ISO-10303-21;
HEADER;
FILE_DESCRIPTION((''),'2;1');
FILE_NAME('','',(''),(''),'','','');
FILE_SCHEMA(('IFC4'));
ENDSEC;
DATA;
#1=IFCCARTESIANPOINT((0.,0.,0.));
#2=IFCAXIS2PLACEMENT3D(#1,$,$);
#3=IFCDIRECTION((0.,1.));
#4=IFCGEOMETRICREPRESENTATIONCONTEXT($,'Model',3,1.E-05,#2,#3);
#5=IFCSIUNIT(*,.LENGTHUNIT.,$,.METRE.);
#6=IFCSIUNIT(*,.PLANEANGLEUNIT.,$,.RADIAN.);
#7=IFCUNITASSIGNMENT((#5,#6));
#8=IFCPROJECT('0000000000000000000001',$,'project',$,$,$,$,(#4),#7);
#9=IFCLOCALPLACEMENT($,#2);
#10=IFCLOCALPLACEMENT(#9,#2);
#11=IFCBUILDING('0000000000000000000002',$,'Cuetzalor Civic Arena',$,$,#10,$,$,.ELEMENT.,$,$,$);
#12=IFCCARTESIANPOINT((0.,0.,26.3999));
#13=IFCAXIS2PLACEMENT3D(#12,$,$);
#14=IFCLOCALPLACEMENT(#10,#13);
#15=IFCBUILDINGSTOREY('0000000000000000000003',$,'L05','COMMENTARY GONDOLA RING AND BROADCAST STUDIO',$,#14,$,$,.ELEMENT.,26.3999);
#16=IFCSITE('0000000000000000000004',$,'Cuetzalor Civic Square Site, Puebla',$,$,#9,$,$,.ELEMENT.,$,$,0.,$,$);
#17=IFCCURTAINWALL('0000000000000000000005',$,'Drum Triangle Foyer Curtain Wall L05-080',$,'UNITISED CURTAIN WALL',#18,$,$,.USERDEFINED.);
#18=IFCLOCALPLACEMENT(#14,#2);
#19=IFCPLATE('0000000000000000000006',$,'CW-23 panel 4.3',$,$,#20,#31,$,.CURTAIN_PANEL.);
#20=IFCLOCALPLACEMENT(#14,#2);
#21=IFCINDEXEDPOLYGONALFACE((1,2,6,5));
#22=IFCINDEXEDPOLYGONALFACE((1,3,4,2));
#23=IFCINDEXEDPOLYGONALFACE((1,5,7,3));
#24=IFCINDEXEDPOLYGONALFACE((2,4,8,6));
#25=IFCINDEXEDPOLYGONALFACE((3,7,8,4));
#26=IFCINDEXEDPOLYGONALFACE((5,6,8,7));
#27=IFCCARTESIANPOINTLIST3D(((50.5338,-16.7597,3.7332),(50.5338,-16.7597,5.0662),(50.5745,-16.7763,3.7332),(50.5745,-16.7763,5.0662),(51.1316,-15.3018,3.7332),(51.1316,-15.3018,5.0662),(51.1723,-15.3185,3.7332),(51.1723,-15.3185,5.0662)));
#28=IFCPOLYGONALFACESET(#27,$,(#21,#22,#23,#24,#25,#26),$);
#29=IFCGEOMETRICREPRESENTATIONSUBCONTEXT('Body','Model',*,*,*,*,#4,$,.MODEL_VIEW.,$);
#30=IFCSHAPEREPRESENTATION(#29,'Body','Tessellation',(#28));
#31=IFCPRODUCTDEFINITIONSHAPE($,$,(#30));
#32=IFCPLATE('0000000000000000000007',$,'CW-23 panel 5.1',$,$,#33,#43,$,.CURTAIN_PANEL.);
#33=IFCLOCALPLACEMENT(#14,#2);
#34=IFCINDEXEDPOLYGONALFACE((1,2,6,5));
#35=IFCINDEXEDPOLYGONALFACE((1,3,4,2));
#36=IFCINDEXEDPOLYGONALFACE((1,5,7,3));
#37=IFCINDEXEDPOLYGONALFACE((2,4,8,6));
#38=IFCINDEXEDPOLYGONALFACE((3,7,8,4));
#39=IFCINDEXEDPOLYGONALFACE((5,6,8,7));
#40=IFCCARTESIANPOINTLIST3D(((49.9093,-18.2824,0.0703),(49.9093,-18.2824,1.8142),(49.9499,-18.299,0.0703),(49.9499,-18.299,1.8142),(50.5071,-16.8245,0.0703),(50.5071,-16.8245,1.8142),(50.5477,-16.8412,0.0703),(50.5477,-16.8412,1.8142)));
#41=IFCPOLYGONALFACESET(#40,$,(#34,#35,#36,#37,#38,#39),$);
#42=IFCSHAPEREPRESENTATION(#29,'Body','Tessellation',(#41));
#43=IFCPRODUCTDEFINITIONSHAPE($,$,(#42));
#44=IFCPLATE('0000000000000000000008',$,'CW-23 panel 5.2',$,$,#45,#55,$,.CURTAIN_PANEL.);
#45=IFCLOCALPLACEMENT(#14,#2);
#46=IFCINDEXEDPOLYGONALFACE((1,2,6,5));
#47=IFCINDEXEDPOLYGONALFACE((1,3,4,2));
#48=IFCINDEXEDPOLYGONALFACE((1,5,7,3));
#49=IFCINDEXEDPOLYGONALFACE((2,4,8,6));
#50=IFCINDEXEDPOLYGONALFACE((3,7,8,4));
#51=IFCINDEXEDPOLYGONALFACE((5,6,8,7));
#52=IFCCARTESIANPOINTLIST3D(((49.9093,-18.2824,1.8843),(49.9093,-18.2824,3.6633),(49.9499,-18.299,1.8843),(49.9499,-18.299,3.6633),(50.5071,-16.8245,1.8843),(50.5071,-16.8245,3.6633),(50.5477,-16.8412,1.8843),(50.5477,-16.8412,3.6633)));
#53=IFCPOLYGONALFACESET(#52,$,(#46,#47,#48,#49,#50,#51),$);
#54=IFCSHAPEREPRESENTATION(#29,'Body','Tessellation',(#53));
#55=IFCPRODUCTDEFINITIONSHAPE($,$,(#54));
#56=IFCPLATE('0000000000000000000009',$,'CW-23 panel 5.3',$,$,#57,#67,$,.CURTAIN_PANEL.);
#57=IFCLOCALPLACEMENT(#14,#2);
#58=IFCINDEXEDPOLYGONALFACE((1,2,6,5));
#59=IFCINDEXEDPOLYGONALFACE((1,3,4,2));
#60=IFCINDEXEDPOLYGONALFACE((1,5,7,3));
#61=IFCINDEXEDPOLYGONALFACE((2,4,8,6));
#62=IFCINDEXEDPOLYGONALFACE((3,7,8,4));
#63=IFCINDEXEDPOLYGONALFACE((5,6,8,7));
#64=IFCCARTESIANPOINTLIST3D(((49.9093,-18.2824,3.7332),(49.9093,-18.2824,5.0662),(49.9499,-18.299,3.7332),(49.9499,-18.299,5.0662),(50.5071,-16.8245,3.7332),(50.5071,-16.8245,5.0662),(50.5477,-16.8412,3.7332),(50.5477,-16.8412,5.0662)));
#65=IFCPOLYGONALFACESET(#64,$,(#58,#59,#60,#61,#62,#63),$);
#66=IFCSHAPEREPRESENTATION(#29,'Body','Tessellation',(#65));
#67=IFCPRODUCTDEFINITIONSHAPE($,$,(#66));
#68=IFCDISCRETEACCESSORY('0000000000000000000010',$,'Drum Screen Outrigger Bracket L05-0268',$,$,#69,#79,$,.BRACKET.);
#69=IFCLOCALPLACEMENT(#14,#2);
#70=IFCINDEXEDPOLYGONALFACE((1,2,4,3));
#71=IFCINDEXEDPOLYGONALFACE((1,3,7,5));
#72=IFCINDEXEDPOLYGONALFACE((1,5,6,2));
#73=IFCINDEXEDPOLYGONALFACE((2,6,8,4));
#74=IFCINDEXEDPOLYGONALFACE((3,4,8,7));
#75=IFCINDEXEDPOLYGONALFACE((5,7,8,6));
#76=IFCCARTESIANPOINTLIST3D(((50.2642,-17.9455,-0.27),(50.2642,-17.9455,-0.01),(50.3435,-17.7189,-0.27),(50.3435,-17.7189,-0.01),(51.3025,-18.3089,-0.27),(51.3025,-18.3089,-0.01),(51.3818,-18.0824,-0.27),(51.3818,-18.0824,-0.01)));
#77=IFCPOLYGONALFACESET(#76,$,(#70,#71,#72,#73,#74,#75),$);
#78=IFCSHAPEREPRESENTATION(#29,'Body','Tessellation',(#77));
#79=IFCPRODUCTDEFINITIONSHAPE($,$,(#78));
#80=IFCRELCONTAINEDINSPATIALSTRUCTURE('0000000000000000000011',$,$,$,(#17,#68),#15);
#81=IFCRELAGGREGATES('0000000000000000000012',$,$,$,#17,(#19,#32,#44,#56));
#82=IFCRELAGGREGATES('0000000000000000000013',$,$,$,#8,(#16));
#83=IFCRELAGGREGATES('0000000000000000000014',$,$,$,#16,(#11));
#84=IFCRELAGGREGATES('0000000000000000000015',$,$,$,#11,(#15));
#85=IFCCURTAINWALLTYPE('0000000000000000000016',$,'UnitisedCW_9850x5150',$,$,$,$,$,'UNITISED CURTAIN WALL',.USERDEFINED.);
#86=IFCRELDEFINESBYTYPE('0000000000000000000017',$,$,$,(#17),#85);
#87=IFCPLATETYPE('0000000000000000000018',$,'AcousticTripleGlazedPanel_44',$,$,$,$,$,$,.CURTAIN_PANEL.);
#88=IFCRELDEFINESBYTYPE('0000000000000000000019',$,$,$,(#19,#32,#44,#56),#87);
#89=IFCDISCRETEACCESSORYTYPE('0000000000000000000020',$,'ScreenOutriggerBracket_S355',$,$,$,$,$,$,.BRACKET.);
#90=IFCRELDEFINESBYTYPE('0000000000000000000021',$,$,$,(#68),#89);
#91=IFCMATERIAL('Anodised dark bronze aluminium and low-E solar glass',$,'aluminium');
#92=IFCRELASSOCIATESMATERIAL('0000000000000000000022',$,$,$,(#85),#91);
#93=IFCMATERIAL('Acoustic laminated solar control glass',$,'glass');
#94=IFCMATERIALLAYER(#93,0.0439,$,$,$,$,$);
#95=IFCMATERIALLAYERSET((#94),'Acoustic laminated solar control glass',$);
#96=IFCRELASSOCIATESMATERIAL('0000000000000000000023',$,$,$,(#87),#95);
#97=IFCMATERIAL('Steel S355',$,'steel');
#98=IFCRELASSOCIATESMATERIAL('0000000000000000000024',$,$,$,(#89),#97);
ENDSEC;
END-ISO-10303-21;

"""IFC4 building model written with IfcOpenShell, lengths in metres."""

from ifc_helpers import new_model, si_unit, direction, frame, origin, origin_2d, place, context, subcontext, project, spatial, rectangle, extrude, material, layer, layer_set, type_object, element, aggregate, save


model = new_model("IFC4")

# Units and contexts
model_context = context("Model", 3, precision=1e-05, world=origin(), true_north=direction((0.0, 1.0)))
body_context = subcontext(model_context, "Body", "Model", "MODEL_VIEW")
ifc_project = project(units=[si_unit("LENGTHUNIT", "METRE"), si_unit("PLANEANGLEUNIT", "RADIAN")], contexts=[model_context])

# Site, building, storey
site_placement = place(None, origin())
site = spatial("IfcSite", under=ifc_project, at=site_placement, Name="Cuetzalor Civic Square Site, Puebla", CompositionType="ELEMENT", RefElevation=0.0)
building_placement = place(site_placement, origin())
building = spatial("IfcBuilding", under=site, at=building_placement, Name="Cuetzalor Civic Arena", CompositionType="ELEMENT")
storey_placement = place(building_placement, frame((0.0, 0.0, 26.3999)))
storey = spatial("IfcBuildingStorey", under=building, at=storey_placement, Name="L05", Description="COMMENTARY GONDOLA RING AND BROADCAST STUDIO", CompositionType="ELEMENT", Elevation=26.3999)

# Curtain wall, plates
ifc_material_1 = material(Name="Anodised dark bronze aluminium and low-E solar glass", Category="aluminium")
curtain_wall_type = type_object("IfcCurtainWallType", Name="UnitisedCW_9850x5150", ElementType="UNITISED CURTAIN WALL", PredefinedType="USERDEFINED", material=ifc_material_1)
curtain_wall_placement = place(storey_placement, origin())
curtain_wall = element("IfcCurtainWall", 1, at=curtain_wall_placement, inside=storey, type_object=curtain_wall_type, Name="Drum Triangle Foyer Curtain Wall L05-080", ObjectType="UNITISED CURTAIN WALL", PredefinedType="USERDEFINED")
ifc_material_2 = material(Name="Acoustic laminated solar control glass", Category="glass")
ifc_layer = layer(ifc_material_2, 0.0439)
ifc_layer_set = layer_set([ifc_layer], Name="Acoustic laminated solar control glass")
plate_type = type_object("IfcPlateType", Name="AcousticTripleGlazedPanel_44", PredefinedType="CURTAIN_PANEL", material=ifc_layer_set)
plate_1_placement = place(storey_placement, frame((50.853, -16.0391, 3.7332), z_axis=(0.0, 0.0, 1.0), x_axis=(-0.379391, -0.925236, 0.0)))
plate_1 = element("IfcPlate", 2, at=plate_1_placement, type_object=plate_type, Name="CW-23 panel 4.3", PredefinedType="CURTAIN_PANEL", context=body_context, shape_type="SweptSolid", body=[
    extrude(rectangle(XDim=1.5757, YDim=0.0439, at=origin_2d()), origin(), (0.0, 0.0, 1.0), 1.333),
])
plate_2_placement = place(storey_placement, frame((50.2285, -17.5618, 0.0703), z_axis=(0.0, 0.0, 1.0), x_axis=(-0.379391, -0.925236, 0.0)))
plate_2 = element("IfcPlate", 3, at=plate_2_placement, type_object=plate_type, Name="CW-23 panel 5.1", PredefinedType="CURTAIN_PANEL", context=body_context, shape_type="SweptSolid", body=[
    extrude(rectangle(XDim=1.5757, YDim=0.0439, at=origin_2d()), origin(), (0.0, 0.0, 1.0), 1.7439),
])
plate_3_placement = place(storey_placement, frame((50.2285, -17.5618, 1.8843), z_axis=(0.0, 0.0, 1.0), x_axis=(-0.379391, -0.925236, 0.0)))
plate_3 = element("IfcPlate", 4, at=plate_3_placement, type_object=plate_type, Name="CW-23 panel 5.2", PredefinedType="CURTAIN_PANEL", context=body_context, shape_type="SweptSolid", body=[
    extrude(rectangle(XDim=1.5757, YDim=0.0439, at=origin_2d()), origin(), (0.0, 0.0, 1.0), 1.7791),
])
plate_4_placement = place(storey_placement, frame((50.2285, -17.5618, 3.7332), z_axis=(0.0, 0.0, 1.0), x_axis=(-0.379391, -0.925236, 0.0)))
plate_4 = element("IfcPlate", 5, at=plate_4_placement, type_object=plate_type, Name="CW-23 panel 5.3", PredefinedType="CURTAIN_PANEL", context=body_context, shape_type="SweptSolid", body=[
    extrude(rectangle(XDim=1.5757, YDim=0.0439, at=origin_2d()), origin(), (0.0, 0.0, 1.0), 1.333),
])
aggregate(curtain_wall, [plate_1, plate_2, plate_3, plate_4])

# Discrete accessory
ifc_material_3 = material(Name="Steel S355", Category="steel")
discrete_accessory_type = type_object("IfcDiscreteAccessoryType", Name="ScreenOutriggerBracket_S355", PredefinedType="BRACKET", material=ifc_material_3)
discrete_accessory_placement = place(storey_placement, frame((50.823, -18.0139, -0.27), z_axis=(0.0, 0.0, 1.0), x_axis=(0.943859, -0.33035, 0.0)))
element("IfcDiscreteAccessory", 6, at=discrete_accessory_placement, inside=storey, type_object=discrete_accessory_type, Name="Drum Screen Outrigger Bracket L05-0268", PredefinedType="BRACKET", context=body_context, shape_type="SweptSolid", body=[
    extrude(rectangle(XDim=1.1001, YDim=0.24, at=origin_2d()), origin(), (0.0, 0.0, 1.0), 0.26),
])

save(model, "model.ifc")
